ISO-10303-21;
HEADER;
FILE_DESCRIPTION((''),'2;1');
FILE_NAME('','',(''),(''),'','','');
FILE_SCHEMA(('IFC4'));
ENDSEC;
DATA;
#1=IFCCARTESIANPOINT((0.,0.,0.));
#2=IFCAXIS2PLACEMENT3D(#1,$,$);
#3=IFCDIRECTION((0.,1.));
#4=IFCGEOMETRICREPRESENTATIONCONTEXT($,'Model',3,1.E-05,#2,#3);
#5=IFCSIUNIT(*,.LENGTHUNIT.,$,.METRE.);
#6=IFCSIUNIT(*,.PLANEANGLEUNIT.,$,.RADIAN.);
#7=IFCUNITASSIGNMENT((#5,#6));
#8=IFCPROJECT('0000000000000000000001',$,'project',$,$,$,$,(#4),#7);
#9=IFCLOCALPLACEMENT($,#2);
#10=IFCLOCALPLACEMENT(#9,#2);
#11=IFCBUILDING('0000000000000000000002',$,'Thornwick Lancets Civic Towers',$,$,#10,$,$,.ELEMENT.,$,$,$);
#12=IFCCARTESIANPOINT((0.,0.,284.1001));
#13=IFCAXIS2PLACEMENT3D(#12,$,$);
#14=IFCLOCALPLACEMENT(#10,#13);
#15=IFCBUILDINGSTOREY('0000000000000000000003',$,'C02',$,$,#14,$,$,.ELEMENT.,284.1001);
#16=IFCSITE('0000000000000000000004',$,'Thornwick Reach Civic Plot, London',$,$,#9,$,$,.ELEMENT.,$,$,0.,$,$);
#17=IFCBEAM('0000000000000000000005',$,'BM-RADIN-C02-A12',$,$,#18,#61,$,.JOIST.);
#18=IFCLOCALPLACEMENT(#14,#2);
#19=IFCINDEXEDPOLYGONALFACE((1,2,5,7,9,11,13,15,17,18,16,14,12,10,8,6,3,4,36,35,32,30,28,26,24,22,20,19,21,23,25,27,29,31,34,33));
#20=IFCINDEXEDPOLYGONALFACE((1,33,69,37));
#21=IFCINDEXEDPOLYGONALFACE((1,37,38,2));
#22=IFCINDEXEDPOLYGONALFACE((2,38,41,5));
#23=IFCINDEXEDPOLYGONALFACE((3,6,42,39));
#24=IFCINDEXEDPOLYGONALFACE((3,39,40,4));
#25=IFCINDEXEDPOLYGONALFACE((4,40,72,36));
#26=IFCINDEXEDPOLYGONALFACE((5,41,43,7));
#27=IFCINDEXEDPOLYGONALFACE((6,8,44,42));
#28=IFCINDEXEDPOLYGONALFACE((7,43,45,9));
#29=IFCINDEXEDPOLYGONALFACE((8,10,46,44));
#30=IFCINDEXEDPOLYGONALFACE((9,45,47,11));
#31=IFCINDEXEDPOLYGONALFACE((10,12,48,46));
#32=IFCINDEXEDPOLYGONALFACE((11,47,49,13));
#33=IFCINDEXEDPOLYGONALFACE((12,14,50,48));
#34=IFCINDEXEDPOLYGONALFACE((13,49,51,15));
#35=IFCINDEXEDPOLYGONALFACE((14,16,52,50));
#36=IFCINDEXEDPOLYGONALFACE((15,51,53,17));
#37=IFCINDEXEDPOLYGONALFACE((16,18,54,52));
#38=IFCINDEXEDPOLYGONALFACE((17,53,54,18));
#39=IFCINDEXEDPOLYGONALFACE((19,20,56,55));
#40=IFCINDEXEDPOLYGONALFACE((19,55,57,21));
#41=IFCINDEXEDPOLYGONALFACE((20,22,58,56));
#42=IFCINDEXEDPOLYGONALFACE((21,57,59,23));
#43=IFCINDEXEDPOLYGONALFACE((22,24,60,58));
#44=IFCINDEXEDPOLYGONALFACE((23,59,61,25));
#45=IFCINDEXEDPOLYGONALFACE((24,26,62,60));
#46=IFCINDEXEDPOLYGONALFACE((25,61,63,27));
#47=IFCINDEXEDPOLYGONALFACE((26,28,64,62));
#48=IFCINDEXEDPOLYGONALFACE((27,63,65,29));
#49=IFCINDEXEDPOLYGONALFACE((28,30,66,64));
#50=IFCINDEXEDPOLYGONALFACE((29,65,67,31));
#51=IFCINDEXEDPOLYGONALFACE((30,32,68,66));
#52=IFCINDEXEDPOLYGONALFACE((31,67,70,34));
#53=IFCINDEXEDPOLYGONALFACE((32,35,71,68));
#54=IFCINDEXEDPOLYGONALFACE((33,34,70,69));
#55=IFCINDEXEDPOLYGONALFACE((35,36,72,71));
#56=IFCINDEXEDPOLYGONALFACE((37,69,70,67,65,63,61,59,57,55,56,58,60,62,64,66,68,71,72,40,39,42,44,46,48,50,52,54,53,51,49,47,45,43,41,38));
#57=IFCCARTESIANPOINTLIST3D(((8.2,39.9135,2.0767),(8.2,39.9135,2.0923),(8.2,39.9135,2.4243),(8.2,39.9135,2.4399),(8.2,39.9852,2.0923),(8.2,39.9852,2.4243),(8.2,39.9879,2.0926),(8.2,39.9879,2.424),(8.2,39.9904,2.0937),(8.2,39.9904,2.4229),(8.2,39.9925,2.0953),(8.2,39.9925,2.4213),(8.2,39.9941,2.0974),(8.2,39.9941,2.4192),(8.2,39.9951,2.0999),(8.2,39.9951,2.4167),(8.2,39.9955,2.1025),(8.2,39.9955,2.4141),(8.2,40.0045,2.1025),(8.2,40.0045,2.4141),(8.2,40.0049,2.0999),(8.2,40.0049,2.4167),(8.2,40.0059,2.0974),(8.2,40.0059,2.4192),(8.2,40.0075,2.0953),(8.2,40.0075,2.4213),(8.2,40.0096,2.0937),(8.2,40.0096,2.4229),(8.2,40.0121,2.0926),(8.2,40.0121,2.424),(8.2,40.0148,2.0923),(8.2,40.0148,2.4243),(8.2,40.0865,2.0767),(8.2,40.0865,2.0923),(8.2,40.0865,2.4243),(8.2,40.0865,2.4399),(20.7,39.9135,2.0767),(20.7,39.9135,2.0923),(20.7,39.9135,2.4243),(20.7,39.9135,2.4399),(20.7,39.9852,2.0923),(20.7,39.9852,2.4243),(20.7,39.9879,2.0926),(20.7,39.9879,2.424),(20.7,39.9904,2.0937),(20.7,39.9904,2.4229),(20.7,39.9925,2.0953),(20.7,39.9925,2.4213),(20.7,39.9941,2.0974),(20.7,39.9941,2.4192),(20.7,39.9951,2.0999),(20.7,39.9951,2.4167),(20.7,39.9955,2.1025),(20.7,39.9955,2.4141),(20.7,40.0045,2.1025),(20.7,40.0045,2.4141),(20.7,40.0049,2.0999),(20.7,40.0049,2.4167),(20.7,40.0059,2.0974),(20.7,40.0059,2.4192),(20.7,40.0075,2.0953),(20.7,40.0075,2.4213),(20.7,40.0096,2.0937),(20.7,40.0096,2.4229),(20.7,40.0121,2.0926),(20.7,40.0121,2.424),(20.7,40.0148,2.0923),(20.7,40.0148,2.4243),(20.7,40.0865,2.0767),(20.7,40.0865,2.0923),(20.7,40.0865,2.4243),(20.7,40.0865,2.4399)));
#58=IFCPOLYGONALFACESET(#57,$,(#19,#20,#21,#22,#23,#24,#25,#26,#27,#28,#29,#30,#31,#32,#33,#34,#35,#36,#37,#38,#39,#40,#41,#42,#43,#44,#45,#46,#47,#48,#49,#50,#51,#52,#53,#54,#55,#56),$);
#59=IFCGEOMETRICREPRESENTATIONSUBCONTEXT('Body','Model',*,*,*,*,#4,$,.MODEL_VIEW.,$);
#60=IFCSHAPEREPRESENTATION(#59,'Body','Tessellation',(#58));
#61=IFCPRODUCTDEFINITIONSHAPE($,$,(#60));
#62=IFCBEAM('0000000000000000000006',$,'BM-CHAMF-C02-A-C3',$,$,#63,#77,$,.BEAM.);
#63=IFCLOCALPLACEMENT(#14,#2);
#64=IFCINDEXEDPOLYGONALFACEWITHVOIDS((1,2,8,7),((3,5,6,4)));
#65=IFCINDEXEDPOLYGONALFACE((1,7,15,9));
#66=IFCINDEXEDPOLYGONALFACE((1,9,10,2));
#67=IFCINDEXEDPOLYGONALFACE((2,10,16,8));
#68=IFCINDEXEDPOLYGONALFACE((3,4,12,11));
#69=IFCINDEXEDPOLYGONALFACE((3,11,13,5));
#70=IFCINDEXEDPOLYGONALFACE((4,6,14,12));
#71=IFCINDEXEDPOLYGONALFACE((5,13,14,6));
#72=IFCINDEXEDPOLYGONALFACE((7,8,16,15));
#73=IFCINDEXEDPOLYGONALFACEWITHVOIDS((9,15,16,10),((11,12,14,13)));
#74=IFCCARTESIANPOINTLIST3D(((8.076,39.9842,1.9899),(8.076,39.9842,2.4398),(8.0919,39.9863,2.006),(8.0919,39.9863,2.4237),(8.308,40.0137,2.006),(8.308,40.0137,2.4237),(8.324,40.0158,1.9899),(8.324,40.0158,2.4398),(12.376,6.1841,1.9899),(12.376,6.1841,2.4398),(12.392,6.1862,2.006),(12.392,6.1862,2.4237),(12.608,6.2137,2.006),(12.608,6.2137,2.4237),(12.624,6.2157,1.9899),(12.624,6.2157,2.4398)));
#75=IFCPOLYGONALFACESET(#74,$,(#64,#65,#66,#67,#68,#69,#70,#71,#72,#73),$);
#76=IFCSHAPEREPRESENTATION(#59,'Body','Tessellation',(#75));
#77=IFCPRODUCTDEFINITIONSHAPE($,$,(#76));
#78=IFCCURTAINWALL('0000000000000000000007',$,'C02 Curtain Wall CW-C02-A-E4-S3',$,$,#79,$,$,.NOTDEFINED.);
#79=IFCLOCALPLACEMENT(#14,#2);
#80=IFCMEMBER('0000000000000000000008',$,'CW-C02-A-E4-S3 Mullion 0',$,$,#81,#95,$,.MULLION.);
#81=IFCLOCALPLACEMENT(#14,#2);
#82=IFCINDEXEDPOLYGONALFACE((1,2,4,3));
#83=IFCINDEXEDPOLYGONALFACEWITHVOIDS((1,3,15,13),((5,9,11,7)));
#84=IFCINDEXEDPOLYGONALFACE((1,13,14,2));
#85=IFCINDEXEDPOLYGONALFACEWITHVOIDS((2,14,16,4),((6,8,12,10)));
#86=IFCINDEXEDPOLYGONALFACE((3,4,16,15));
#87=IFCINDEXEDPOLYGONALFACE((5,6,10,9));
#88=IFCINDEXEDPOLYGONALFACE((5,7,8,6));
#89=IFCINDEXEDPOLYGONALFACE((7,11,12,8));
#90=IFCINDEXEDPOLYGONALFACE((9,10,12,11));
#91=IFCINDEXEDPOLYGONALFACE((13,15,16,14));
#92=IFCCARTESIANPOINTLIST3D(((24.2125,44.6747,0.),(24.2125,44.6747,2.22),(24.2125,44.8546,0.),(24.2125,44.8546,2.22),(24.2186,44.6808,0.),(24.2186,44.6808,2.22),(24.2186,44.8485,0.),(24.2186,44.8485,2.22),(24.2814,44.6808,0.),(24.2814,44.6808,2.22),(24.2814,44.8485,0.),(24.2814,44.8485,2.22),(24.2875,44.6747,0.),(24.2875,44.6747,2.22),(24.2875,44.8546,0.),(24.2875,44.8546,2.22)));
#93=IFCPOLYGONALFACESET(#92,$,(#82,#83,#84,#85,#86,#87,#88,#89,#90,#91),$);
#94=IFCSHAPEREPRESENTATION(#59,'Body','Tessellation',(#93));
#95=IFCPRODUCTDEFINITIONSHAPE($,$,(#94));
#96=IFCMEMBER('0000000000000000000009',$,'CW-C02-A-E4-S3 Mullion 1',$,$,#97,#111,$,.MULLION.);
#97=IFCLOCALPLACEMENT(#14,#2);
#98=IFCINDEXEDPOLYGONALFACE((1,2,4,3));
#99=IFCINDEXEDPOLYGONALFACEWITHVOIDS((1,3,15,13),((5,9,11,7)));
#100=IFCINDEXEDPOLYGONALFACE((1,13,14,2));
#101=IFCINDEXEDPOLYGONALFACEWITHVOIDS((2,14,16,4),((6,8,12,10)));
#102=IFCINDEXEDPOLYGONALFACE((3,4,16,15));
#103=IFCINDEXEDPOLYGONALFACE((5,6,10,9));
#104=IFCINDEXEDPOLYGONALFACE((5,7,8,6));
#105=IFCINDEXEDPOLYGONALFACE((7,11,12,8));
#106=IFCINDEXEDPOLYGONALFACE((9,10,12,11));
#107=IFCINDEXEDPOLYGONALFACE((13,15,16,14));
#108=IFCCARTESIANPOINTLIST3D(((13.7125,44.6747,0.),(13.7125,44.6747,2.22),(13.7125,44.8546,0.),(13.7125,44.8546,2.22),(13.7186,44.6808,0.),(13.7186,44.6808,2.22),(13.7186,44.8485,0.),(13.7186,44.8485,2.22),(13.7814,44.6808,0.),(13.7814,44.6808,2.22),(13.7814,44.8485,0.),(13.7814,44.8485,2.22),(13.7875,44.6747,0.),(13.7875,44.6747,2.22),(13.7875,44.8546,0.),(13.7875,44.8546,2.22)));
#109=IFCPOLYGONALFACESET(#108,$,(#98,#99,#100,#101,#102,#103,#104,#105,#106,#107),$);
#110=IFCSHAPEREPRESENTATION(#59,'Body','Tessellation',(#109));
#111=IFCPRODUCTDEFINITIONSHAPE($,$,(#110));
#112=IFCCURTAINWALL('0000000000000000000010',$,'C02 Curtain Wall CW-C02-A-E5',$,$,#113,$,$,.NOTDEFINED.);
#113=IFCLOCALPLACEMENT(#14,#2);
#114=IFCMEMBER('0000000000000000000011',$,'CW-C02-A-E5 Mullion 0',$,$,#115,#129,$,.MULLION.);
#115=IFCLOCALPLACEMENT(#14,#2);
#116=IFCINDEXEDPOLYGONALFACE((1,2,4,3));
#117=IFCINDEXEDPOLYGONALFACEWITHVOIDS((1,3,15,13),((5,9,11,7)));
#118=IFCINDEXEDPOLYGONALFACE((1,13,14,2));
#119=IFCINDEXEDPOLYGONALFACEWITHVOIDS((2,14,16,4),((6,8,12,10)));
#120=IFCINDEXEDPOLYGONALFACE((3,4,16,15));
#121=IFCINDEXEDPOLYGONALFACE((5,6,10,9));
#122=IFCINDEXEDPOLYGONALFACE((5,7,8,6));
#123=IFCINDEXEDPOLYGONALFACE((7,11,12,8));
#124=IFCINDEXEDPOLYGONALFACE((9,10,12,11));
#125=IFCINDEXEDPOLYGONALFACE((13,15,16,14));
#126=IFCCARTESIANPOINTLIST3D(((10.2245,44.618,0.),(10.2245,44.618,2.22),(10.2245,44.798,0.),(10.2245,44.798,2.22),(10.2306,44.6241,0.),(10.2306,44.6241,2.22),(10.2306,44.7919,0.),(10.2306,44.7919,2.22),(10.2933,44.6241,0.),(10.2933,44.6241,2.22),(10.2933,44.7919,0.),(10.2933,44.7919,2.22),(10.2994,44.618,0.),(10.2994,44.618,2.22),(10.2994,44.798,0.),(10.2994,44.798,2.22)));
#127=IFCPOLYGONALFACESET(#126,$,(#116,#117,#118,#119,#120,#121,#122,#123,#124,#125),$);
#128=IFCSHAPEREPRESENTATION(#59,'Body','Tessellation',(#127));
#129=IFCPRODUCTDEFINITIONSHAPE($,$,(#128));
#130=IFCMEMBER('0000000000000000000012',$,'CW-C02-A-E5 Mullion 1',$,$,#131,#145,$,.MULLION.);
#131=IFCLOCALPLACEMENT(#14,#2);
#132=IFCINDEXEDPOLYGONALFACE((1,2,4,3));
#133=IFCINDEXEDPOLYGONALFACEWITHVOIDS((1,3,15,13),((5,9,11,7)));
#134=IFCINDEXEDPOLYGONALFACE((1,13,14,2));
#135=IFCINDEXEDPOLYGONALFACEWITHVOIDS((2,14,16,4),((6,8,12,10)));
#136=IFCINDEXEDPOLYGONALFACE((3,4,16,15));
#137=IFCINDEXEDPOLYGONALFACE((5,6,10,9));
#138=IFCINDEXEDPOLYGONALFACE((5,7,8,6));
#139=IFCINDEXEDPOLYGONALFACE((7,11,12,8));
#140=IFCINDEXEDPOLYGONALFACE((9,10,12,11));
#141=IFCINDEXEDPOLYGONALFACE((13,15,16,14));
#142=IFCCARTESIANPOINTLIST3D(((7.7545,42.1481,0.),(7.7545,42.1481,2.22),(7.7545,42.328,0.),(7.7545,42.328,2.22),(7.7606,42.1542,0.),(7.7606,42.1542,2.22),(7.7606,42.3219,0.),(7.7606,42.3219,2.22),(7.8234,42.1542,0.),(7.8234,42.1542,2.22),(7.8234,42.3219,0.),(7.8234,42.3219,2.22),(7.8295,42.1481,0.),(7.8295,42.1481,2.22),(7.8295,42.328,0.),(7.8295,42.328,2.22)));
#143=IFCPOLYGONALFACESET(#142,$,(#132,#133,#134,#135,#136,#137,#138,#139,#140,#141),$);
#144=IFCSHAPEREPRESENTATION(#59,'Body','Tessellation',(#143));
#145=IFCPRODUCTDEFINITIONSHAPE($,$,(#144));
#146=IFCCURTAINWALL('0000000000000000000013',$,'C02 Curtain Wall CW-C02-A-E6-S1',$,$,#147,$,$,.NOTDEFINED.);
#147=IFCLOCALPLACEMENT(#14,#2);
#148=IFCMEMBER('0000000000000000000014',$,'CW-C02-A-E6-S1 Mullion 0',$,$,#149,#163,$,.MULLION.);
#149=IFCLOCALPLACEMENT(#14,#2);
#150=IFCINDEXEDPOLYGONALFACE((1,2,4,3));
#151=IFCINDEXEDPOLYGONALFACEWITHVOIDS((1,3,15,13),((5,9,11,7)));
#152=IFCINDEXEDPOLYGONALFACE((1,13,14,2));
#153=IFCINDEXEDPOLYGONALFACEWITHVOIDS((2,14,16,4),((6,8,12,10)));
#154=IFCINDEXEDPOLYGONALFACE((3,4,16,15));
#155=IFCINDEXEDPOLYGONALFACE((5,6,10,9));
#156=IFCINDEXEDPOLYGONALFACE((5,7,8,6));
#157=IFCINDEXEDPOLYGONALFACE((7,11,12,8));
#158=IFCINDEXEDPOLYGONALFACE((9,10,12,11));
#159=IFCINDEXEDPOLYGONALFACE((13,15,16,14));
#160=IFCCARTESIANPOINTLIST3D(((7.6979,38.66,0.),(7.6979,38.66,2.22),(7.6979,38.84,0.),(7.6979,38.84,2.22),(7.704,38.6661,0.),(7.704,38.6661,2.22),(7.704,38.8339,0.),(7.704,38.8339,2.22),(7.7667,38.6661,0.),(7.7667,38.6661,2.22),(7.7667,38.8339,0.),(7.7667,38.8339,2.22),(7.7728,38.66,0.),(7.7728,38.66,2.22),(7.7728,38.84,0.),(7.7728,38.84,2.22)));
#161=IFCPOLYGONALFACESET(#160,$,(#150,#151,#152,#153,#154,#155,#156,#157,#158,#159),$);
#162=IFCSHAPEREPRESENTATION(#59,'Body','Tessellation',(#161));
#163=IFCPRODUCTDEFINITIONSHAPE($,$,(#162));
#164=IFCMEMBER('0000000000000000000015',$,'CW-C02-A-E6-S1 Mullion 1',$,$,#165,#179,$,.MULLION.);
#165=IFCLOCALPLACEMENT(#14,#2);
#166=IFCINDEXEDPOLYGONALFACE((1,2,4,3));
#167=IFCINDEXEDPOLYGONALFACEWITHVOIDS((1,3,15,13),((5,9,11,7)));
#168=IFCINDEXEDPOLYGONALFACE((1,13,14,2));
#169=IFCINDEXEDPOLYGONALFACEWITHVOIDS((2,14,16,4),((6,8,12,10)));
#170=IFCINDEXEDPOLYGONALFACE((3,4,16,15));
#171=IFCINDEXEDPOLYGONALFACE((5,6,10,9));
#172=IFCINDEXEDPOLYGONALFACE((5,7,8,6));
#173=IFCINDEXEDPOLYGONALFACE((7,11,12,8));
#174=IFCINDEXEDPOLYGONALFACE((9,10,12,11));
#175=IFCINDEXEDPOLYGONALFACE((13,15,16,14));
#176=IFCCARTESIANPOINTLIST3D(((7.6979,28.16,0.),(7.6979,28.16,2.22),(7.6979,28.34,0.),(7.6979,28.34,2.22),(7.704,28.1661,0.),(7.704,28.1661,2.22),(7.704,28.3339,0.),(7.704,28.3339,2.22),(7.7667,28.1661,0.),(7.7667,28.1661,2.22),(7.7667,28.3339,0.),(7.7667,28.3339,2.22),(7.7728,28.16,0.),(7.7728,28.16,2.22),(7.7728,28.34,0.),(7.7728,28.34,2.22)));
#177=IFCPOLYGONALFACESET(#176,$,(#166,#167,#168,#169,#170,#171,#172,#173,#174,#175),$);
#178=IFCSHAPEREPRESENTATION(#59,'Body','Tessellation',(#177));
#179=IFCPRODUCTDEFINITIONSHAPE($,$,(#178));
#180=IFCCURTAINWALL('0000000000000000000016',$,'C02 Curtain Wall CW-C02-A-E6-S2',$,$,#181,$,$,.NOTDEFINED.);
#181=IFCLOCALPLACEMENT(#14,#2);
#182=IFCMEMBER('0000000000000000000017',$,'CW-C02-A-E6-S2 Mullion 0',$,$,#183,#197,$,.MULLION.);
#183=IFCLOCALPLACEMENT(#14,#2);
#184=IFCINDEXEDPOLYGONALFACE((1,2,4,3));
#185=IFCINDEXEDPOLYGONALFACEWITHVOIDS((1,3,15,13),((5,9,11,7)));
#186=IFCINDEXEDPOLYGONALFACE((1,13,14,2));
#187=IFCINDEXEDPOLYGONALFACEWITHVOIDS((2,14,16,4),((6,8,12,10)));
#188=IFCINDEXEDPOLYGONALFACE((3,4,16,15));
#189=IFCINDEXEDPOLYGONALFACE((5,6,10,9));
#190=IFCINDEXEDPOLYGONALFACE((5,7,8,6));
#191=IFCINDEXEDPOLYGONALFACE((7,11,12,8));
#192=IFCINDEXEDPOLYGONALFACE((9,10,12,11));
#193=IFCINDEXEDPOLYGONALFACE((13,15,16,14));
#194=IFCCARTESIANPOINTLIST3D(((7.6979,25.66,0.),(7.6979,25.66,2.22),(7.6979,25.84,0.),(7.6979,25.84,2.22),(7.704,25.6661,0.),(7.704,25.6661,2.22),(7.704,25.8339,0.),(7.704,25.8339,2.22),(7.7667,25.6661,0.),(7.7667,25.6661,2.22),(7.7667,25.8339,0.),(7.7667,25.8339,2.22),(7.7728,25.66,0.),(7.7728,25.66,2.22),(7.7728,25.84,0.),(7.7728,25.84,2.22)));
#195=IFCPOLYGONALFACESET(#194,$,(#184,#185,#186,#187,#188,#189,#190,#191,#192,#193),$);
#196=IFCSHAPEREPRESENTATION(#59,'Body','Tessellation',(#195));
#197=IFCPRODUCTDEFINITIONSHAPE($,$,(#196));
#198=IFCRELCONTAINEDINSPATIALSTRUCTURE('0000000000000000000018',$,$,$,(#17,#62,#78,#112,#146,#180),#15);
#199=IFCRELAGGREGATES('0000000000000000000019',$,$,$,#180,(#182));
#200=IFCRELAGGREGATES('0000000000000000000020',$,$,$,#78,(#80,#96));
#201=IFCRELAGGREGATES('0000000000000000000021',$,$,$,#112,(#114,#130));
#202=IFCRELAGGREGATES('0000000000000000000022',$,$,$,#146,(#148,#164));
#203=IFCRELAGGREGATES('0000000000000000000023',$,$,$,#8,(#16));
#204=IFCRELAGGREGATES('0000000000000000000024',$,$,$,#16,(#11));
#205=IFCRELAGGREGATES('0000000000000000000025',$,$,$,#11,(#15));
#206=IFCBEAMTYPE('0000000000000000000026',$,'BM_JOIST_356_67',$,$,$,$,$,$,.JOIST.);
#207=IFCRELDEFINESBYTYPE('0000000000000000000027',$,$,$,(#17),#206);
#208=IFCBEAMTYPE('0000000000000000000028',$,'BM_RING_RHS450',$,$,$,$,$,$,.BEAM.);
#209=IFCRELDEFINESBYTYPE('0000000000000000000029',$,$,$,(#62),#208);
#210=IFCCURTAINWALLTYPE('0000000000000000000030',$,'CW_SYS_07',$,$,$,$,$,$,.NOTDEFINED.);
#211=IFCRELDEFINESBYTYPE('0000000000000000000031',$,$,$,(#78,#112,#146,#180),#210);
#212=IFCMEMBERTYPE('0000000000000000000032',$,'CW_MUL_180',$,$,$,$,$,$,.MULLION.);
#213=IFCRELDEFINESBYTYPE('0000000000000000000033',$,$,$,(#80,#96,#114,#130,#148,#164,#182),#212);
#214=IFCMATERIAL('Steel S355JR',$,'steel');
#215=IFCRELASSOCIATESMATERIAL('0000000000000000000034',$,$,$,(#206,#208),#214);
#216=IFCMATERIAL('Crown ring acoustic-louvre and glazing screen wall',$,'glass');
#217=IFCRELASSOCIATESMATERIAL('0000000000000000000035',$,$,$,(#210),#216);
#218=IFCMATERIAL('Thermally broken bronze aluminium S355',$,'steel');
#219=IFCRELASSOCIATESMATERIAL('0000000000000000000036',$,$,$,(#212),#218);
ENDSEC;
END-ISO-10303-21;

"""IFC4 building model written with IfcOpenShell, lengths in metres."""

from ifc_helpers import new_model, si_unit, direction, frame, origin, origin_2d, place, context, subcontext, project, spatial, hollow_rectangle, i_section, extrude, material, material_profile, profile_set, type_object, element, aggregate, save


model = new_model("IFC4")

# Units and contexts
model_context = context("Model", 3, precision=1e-05, world=origin(), true_north=direction((0.0, 1.0)))
body_context = subcontext(model_context, "Body", "Model", "MODEL_VIEW")
ifc_project = project(units=[si_unit("LENGTHUNIT", "METRE"), si_unit("PLANEANGLEUNIT", "RADIAN")], contexts=[model_context])

# Site, building, storey
site_placement = place(None, origin())
site = spatial("IfcSite", under=ifc_project, at=site_placement, Name="Thornwick Reach Civic Plot, London", CompositionType="ELEMENT", RefElevation=0.0)
building_placement = place(site_placement, origin())
building = spatial("IfcBuilding", under=site, at=building_placement, Name="Thornwick Lancets Civic Towers", CompositionType="ELEMENT")
storey_placement = place(building_placement, frame((0.0, 0.0, 284.1001)))
storey = spatial("IfcBuildingStorey", under=building, at=storey_placement, Name="C02", CompositionType="ELEMENT", Elevation=284.1001)

# Shared definitions
ifc_material_1 = material(Name="Steel S355JR", Category="steel")

# Beams
ifc_material_profile_1 = material_profile(ifc_material_1, i_section(OverallWidth=0.1731, OverallDepth=0.3633, WebThickness=0.009, FlangeThickness=0.0156, FilletRadius=0.0103, at=origin_2d()), Name="UKB 356x171x67")
ifc_profile_set_1 = profile_set([ifc_material_profile_1], Name="Steel S355JR")
beam_type_1 = type_object("IfcBeamType", Name="BM_JOIST_356_67", PredefinedType="JOIST", material=ifc_profile_set_1)
beam_1_placement = place(storey_placement, frame((20.7, 40.0, 2.2583), z_axis=(-1.0, 0.0, 0.0), x_axis=(0.0, -1.0, 0.0)))
element("IfcBeam", 1, at=beam_1_placement, inside=storey, type_object=beam_type_1, Name="BM-RADIN-C02-A12", PredefinedType="JOIST", context=body_context, shape_type="SweptSolid", body=[
    extrude(i_section(OverallWidth=0.1731, OverallDepth=0.3633, WebThickness=0.009, FlangeThickness=0.0156, FilletRadius=0.0103, at=origin_2d()), origin(), (0.0, 0.0, 1.0), 12.5),
])
ifc_material_profile_2 = material_profile(ifc_material_1, hollow_rectangle(XDim=0.25, YDim=0.45, WallThickness=0.0161, at=origin_2d()), Name="RHS 450x250x16")
ifc_profile_set_2 = profile_set([ifc_material_profile_2], Name="Steel S355JR")
beam_type_2 = type_object("IfcBeamType", Name="BM_RING_RHS450", PredefinedType="BEAM", material=ifc_profile_set_2)
beam_2_placement = place(storey_placement, frame((8.2, 40.0, 2.2148), z_axis=(0.126203, -0.992004, 0.0), x_axis=(0.992004, 0.126203, 0.0)))
element("IfcBeam", 2, at=beam_2_placement, inside=storey, type_object=beam_type_2, Name="BM-CHAMF-C02-A-C3", PredefinedType="BEAM", context=body_context, shape_type="SweptSolid", body=[
    extrude(hollow_rectangle(XDim=0.25, YDim=0.45, WallThickness=0.0161, at=origin_2d()), origin(), (0.0, 0.0, 1.0), 34.0725),
])

# Curtain walls, members
ifc_material_2 = material(Name="Crown ring acoustic-louvre and glazing screen wall", Category="glass")
curtain_wall_type = type_object("IfcCurtainWallType", Name="CW_SYS_07", PredefinedType="NOTDEFINED", material=ifc_material_2)
curtain_wall_1_placement = place(storey_placement, origin())
curtain_wall_1 = element("IfcCurtainWall", 3, at=curtain_wall_1_placement, inside=storey, type_object=curtain_wall_type, Name="C02 Curtain Wall CW-C02-A-E4-S3", PredefinedType="NOTDEFINED")
ifc_material_3 = material(Name="Thermally broken bronze aluminium S355", Category="steel")
ifc_material_profile_3 = material_profile(ifc_material_3, hollow_rectangle(XDim=0.075, YDim=0.1799, WallThickness=0.0061, at=origin_2d()), Name="RHS 180x75x6")
ifc_profile_set_3 = profile_set([ifc_material_profile_3], Name="Thermally broken bronze aluminium S355")
member_type_1 = type_object("IfcMemberType", Name="CW_MUL_180", PredefinedType="MULLION", material=ifc_profile_set_3)
member_1_placement = place(storey_placement, frame((24.25, 44.7646, 0.0), z_axis=(0.0, 0.0, 1.0), x_axis=(1.0, 0.0, 0.0)))
member_1 = element("IfcMember", 4, at=member_1_placement, type_object=member_type_1, Name="CW-C02-A-E4-S3 Mullion 0", PredefinedType="MULLION", context=body_context, shape_type="SweptSolid", body=[
    extrude(hollow_rectangle(XDim=0.075, YDim=0.1799, WallThickness=0.0061, at=origin_2d()), origin(), (0.0, 0.0, 1.0), 2.22),
])
member_2_placement = place(storey_placement, frame((13.75, 44.7646, 0.0), z_axis=(0.0, 0.0, 1.0), x_axis=(1.0, 0.0, 0.0)))
member_2 = element("IfcMember", 5, at=member_2_placement, type_object=member_type_1, Name="CW-C02-A-E4-S3 Mullion 1", PredefinedType="MULLION", context=body_context, shape_type="SweptSolid", body=[
    extrude(hollow_rectangle(XDim=0.075, YDim=0.1799, WallThickness=0.0061, at=origin_2d()), origin(), (0.0, 0.0, 1.0), 2.22),
])
curtain_wall_2_placement = place(storey_placement, origin())
curtain_wall_2 = element("IfcCurtainWall", 6, at=curtain_wall_2_placement, inside=storey, type_object=curtain_wall_type, Name="C02 Curtain Wall CW-C02-A-E5", PredefinedType="NOTDEFINED")
member_3_placement = place(storey_placement, frame((10.262, 44.708, 0.0), z_axis=(0.0, 0.0, 1.0), x_axis=(1.0, 0.0, 0.0)))
member_3 = element("IfcMember", 7, at=member_3_placement, type_object=member_type_1, Name="CW-C02-A-E5 Mullion 0", PredefinedType="MULLION", context=body_context, shape_type="SweptSolid", body=[
    extrude(hollow_rectangle(XDim=0.075, YDim=0.1799, WallThickness=0.0061, at=origin_2d()), origin(), (0.0, 0.0, 1.0), 2.22),
])
member_4_placement = place(storey_placement, frame((7.792, 42.238, 0.0), z_axis=(0.0, 0.0, 1.0), x_axis=(1.0, 0.0, 0.0)))
member_4 = element("IfcMember", 8, at=member_4_placement, type_object=member_type_1, Name="CW-C02-A-E5 Mullion 1", PredefinedType="MULLION", context=body_context, shape_type="SweptSolid", body=[
    extrude(hollow_rectangle(XDim=0.075, YDim=0.1799, WallThickness=0.0061, at=origin_2d()), origin(), (0.0, 0.0, 1.0), 2.22),
])
curtain_wall_3_placement = place(storey_placement, origin())
curtain_wall_3 = element("IfcCurtainWall", 9, at=curtain_wall_3_placement, inside=storey, type_object=curtain_wall_type, Name="C02 Curtain Wall CW-C02-A-E6-S1", PredefinedType="NOTDEFINED")
member_5_placement = place(storey_placement, frame((7.7354, 38.75, 0.0), z_axis=(0.0, 0.0, 1.0), x_axis=(1.0, 0.0, 0.0)))
member_5 = element("IfcMember", 10, at=member_5_placement, type_object=member_type_1, Name="CW-C02-A-E6-S1 Mullion 0", PredefinedType="MULLION", context=body_context, shape_type="SweptSolid", body=[
    extrude(hollow_rectangle(XDim=0.075, YDim=0.1799, WallThickness=0.0061, at=origin_2d()), origin(), (0.0, 0.0, 1.0), 2.22),
])
member_6_placement = place(storey_placement, frame((7.7354, 28.25, 0.0), z_axis=(0.0, 0.0, 1.0), x_axis=(1.0, 0.0, 0.0)))
member_6 = element("IfcMember", 11, at=member_6_placement, type_object=member_type_1, Name="CW-C02-A-E6-S1 Mullion 1", PredefinedType="MULLION", context=body_context, shape_type="SweptSolid", body=[
    extrude(hollow_rectangle(XDim=0.075, YDim=0.1799, WallThickness=0.0061, at=origin_2d()), origin(), (0.0, 0.0, 1.0), 2.22),
])

# Curtain wall, member
curtain_wall_4_placement = place(storey_placement, origin())
curtain_wall_4 = element("IfcCurtainWall", 12, at=curtain_wall_4_placement, inside=storey, type_object=curtain_wall_type, Name="C02 Curtain Wall CW-C02-A-E6-S2", PredefinedType="NOTDEFINED")
member_7_placement = place(storey_placement, frame((7.7354, 25.75, 0.0), z_axis=(0.0, 0.0, 1.0), x_axis=(1.0, 0.0, 0.0)))
member_7 = element("IfcMember", 13, at=member_7_placement, type_object=member_type_1, Name="CW-C02-A-E6-S2 Mullion 0", PredefinedType="MULLION", context=body_context, shape_type="SweptSolid", body=[
    extrude(hollow_rectangle(XDim=0.075, YDim=0.1799, WallThickness=0.0061, at=origin_2d()), origin(), (0.0, 0.0, 1.0), 2.22),
])

aggregate(curtain_wall_4, [member_7])

aggregate(curtain_wall_1, [member_1, member_2])
aggregate(curtain_wall_2, [member_3, member_4])
aggregate(curtain_wall_3, [member_5, member_6])

save(model, "model.ifc")
